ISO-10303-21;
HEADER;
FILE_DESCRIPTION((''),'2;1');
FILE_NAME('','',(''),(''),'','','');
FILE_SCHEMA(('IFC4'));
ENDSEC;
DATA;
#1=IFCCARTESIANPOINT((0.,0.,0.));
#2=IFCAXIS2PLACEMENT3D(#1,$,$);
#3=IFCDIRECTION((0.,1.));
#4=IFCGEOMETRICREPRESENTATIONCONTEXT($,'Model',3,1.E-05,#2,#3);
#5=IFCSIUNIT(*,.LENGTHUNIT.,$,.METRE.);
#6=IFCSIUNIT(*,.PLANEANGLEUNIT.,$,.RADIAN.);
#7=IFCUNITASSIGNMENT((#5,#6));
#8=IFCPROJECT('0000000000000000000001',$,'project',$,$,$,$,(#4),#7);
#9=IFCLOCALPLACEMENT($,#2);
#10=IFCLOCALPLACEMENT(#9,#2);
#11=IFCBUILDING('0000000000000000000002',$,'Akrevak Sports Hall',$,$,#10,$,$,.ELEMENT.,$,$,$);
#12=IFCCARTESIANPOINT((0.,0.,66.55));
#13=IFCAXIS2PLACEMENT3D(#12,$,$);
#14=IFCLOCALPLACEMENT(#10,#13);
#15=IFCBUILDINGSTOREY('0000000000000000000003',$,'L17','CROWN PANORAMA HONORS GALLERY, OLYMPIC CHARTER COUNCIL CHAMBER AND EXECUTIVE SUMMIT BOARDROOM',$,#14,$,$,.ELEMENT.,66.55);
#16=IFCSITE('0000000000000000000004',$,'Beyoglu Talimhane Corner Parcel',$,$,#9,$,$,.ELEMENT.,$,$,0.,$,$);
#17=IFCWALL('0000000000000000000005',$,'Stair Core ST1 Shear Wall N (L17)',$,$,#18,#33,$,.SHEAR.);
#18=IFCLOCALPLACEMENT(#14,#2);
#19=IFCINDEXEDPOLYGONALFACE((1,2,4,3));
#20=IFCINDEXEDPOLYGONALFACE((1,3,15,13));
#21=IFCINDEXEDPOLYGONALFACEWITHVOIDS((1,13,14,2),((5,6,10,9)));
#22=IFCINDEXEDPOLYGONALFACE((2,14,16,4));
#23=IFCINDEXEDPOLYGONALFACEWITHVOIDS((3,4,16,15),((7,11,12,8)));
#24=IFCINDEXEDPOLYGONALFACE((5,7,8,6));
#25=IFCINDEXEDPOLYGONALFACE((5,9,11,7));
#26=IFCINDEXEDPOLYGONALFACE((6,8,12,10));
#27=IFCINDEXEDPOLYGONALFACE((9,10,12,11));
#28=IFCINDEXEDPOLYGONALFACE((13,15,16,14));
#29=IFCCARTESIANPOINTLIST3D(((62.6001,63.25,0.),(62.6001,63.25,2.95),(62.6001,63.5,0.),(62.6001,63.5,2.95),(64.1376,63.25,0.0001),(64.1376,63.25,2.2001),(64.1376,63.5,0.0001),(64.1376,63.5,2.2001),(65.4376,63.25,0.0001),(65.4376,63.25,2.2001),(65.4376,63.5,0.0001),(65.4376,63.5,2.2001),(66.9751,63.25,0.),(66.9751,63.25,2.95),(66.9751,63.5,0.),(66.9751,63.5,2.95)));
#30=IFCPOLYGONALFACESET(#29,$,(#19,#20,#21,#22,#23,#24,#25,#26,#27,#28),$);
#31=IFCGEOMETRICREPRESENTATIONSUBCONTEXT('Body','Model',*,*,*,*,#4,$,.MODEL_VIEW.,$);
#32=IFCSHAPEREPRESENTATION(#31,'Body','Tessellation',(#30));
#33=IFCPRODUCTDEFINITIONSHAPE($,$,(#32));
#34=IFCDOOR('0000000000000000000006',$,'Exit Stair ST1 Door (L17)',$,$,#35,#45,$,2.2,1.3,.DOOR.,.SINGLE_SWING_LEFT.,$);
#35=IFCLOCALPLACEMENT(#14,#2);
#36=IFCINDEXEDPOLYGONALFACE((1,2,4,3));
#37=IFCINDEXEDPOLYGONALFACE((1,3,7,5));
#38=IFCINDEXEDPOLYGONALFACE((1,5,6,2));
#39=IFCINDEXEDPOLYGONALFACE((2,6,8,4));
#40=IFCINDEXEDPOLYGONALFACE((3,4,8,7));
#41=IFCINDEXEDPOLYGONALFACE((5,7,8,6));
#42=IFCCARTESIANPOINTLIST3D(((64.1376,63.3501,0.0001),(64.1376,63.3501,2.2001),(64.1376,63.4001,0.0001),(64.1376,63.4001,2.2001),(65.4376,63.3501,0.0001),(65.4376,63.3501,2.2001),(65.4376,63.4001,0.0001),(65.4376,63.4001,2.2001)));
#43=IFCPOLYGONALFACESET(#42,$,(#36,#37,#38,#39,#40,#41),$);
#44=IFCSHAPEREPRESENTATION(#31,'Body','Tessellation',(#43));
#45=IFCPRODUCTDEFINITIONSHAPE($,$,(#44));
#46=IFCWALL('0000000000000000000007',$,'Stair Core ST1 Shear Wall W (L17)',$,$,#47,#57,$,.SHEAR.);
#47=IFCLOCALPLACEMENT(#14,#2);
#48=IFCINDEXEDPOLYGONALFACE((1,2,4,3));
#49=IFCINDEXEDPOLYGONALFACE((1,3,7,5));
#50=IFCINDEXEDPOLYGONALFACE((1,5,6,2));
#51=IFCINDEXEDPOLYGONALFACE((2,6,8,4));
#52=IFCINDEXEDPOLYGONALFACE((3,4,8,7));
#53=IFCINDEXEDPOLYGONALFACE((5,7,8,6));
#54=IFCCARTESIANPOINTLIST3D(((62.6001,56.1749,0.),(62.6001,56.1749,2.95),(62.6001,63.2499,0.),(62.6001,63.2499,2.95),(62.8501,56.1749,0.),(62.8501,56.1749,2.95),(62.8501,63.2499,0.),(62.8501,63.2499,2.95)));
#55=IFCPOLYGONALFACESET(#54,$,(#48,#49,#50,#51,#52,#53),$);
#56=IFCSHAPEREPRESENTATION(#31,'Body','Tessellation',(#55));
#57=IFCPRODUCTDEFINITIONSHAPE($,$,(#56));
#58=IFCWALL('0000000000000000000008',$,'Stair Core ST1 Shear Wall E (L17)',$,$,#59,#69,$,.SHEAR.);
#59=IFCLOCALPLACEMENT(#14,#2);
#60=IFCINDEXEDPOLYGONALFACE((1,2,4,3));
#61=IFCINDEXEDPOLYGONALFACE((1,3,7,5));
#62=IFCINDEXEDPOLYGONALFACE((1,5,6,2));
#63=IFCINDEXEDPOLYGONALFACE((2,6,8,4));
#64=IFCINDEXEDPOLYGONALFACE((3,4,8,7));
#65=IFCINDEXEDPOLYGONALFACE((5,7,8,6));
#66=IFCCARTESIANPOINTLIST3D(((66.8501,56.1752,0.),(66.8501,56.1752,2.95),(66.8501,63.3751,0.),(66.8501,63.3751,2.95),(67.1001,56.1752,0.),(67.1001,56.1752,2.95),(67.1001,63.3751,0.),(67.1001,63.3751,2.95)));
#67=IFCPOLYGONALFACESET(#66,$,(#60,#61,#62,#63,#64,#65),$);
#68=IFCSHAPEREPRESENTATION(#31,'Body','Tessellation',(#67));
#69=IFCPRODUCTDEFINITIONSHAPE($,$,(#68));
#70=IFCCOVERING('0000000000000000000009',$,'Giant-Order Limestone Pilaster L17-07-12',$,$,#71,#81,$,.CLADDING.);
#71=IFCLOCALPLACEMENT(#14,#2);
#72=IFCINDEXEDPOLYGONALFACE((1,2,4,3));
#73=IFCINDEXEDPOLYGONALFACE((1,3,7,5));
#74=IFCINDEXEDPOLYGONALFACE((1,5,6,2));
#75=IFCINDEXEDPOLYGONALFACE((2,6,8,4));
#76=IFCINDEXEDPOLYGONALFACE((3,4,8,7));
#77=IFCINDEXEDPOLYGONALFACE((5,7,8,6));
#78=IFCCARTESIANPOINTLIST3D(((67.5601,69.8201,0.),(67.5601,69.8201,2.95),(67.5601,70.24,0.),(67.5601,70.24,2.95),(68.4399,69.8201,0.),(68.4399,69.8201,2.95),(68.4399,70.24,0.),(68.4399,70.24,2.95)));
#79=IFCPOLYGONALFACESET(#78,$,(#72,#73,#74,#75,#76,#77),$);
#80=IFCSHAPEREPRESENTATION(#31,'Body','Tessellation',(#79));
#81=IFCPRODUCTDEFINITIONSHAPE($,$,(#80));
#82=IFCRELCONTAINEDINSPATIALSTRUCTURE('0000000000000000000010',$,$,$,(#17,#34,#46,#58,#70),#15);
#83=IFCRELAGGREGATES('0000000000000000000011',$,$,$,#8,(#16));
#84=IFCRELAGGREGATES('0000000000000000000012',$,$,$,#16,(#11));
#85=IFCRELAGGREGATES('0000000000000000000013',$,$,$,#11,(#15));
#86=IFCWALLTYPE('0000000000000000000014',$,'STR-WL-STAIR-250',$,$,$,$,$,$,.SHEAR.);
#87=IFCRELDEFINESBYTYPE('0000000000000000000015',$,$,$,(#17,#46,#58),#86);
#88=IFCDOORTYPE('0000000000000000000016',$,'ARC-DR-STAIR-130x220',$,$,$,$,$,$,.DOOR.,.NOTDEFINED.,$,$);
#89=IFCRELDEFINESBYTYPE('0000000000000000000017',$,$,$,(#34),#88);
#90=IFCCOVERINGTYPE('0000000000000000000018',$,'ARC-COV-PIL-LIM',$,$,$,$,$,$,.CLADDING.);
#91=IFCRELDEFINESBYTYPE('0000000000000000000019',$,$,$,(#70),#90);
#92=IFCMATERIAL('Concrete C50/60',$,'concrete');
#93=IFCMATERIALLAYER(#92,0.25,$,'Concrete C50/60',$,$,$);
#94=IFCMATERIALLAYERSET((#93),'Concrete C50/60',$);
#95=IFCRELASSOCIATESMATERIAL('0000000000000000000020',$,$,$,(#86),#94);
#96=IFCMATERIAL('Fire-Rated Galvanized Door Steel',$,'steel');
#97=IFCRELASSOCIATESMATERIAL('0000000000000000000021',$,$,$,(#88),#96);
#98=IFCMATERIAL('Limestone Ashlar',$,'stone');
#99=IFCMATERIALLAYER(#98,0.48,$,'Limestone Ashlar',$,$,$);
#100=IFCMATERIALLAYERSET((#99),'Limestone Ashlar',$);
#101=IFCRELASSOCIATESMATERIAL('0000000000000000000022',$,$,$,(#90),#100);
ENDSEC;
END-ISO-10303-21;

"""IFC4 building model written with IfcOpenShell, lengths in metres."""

from ifc_helpers import new_model, si_unit, direction, frame, frame_2d, origin, origin_2d, place, context, subcontext, project, spatial, rectangle, extrude, material, layer, layer_set, type_object, element, fill, save


model = new_model("IFC4")

# Units and contexts
model_context = context("Model", 3, precision=1e-05, world=origin(), true_north=direction((0.0, 1.0)))
body_context = subcontext(model_context, "Body", "Model", "MODEL_VIEW")
ifc_project = project(units=[si_unit("LENGTHUNIT", "METRE"), si_unit("PLANEANGLEUNIT", "RADIAN")], contexts=[model_context])

# Site, building, storey
site_placement = place(None, origin())
site = spatial("IfcSite", under=ifc_project, at=site_placement, Name="Beyoglu Talimhane Corner Parcel", CompositionType="ELEMENT", RefElevation=0.0)
building_placement = place(site_placement, origin())
building = spatial("IfcBuilding", under=site, at=building_placement, Name="Akrevak Sports Hall", CompositionType="ELEMENT")
storey_placement = place(building_placement, frame((0.0, 0.0, 66.55)))
storey = spatial("IfcBuildingStorey", under=building, at=storey_placement, Name="L17", Description="CROWN PANORAMA HONORS GALLERY, OLYMPIC CHARTER COUNCIL CHAMBER AND EXECUTIVE SUMMIT BOARDROOM", CompositionType="ELEMENT", Elevation=66.55)

# Shared definitions
ifc_material_1 = material(Name="Fire-Rated Galvanized Door Steel", Category="steel")

# Shared definitions
ifc_material_2 = material(Name="Concrete C50/60", Category="concrete")

# Shared definitions
ifc_layer_1 = layer(ifc_material_2, 0.25, Name="Concrete C50/60")
ifc_layer_set_1 = layer_set([ifc_layer_1], Name="Concrete C50/60")
wall_type_1 = type_object("IfcWallType", Name="STR-WL-STAIR-250", PredefinedType="SHEAR", material=ifc_layer_set_1)

# Wall, opening, door
wall_1_placement = place(storey_placement, frame((66.9751, 63.375, 0.0), z_axis=(0.0, 0.0, 1.0), x_axis=(-1.0, 0.0, 0.0)))
wall_1 = element("IfcWall", 1, at=wall_1_placement, inside=storey, type_object=wall_type_1, Name="Stair Core ST1 Shear Wall N (L17)", PredefinedType="SHEAR", context=body_context, shape_type="SweptSolid", body=[
    extrude(rectangle(XDim=4.375, YDim=0.25, at=frame_2d((2.1875, 0.0))), origin(), (0.0, 0.0, 1.0), 2.95),
])
opening_1_placement = place(wall_1_placement, frame((1.5376, 0.0, 0.0)))
opening_1 = element("IfcOpeningElement", 2, at=opening_1_placement, cuts=wall_1, PredefinedType="OPENING", context=body_context, shape_type="SweptSolid", body=[
    extrude(rectangle(XDim=1.3, YDim=2.2, at=frame_2d((0.6499, 1.1001))), frame((0.0, 0.137, 0.0), z_axis=(0.0, -1.0, 0.0), x_axis=(1.0, 0.0, 0.0)), (0.0, 0.0, 1.0), 0.2739),
])
door_type_1 = type_object("IfcDoorType", Name="ARC-DR-STAIR-130x220", OperationType="NOTDEFINED", PredefinedType="DOOR", material=ifc_material_1)
door_1_placement = place(opening_1_placement, origin())
door_1 = element("IfcDoor", 3, at=door_1_placement, inside=storey, type_object=door_type_1, Name="Exit Stair ST1 Door (L17)", OperationType="SINGLE_SWING_LEFT", OverallHeight=2.2, OverallWidth=1.3, PredefinedType="DOOR", context=body_context, shape_type="SweptSolid", body=[
    extrude(rectangle(XDim=1.3, YDim=2.2, at=frame_2d((0.6499, 1.1001))), frame((0.0, 0.0249, 0.0), z_axis=(0.0, -1.0, 0.0), x_axis=(1.0, 0.0, 0.0)), (0.0, 0.0, 1.0), 0.05),
])
fill(opening_1, door_1)

# Walls
wall_2_placement = place(storey_placement, frame((62.7251, 63.25, 0.0), z_axis=(0.0, 0.0, 1.0), x_axis=(0.0, -1.0, 0.0)))
element("IfcWall", 4, at=wall_2_placement, inside=storey, type_object=wall_type_1, Name="Stair Core ST1 Shear Wall W (L17)", PredefinedType="SHEAR", context=body_context, shape_type="SweptSolid", body=[
    extrude(rectangle(XDim=7.075, YDim=0.25, at=frame_2d((3.5376, 0.0))), origin(), (0.0, 0.0, 1.0), 2.95),
])
wall_3_placement = place(storey_placement, frame((66.9751, 56.175, 0.0), z_axis=(0.0, 0.0, 1.0), x_axis=(0.0, 1.0, 0.0)))
element("IfcWall", 5, at=wall_3_placement, inside=storey, type_object=wall_type_1, Name="Stair Core ST1 Shear Wall E (L17)", PredefinedType="SHEAR", context=body_context, shape_type="SweptSolid", body=[
    extrude(rectangle(XDim=7.2, YDim=0.25, at=frame_2d((3.6001, 0.0))), origin(), (0.0, 0.0, 1.0), 2.95),
])

# Covering
ifc_material_3 = material(Name="Limestone Ashlar", Category="stone")
ifc_layer_2 = layer(ifc_material_3, 0.48, Name="Limestone Ashlar")
ifc_layer_set_2 = layer_set([ifc_layer_2], Name="Limestone Ashlar")
covering_type = type_object("IfcCoveringType", Name="ARC-COV-PIL-LIM", PredefinedType="CLADDING", material=ifc_layer_set_2)
covering_placement = place(storey_placement, frame((68.0, 70.03, 0.0), z_axis=(0.0, 0.0, 1.0), x_axis=(-1.0, 0.0, 0.0)))
element("IfcCovering", 6, at=covering_placement, inside=storey, type_object=covering_type, Name="Giant-Order Limestone Pilaster L17-07-12", PredefinedType="CLADDING", context=body_context, shape_type="SweptSolid", body=[
    extrude(rectangle(XDim=0.8799, YDim=0.4199, at=origin_2d()), origin(), (0.0, 0.0, 1.0), 2.95),
])

save(model, "model.ifc")
